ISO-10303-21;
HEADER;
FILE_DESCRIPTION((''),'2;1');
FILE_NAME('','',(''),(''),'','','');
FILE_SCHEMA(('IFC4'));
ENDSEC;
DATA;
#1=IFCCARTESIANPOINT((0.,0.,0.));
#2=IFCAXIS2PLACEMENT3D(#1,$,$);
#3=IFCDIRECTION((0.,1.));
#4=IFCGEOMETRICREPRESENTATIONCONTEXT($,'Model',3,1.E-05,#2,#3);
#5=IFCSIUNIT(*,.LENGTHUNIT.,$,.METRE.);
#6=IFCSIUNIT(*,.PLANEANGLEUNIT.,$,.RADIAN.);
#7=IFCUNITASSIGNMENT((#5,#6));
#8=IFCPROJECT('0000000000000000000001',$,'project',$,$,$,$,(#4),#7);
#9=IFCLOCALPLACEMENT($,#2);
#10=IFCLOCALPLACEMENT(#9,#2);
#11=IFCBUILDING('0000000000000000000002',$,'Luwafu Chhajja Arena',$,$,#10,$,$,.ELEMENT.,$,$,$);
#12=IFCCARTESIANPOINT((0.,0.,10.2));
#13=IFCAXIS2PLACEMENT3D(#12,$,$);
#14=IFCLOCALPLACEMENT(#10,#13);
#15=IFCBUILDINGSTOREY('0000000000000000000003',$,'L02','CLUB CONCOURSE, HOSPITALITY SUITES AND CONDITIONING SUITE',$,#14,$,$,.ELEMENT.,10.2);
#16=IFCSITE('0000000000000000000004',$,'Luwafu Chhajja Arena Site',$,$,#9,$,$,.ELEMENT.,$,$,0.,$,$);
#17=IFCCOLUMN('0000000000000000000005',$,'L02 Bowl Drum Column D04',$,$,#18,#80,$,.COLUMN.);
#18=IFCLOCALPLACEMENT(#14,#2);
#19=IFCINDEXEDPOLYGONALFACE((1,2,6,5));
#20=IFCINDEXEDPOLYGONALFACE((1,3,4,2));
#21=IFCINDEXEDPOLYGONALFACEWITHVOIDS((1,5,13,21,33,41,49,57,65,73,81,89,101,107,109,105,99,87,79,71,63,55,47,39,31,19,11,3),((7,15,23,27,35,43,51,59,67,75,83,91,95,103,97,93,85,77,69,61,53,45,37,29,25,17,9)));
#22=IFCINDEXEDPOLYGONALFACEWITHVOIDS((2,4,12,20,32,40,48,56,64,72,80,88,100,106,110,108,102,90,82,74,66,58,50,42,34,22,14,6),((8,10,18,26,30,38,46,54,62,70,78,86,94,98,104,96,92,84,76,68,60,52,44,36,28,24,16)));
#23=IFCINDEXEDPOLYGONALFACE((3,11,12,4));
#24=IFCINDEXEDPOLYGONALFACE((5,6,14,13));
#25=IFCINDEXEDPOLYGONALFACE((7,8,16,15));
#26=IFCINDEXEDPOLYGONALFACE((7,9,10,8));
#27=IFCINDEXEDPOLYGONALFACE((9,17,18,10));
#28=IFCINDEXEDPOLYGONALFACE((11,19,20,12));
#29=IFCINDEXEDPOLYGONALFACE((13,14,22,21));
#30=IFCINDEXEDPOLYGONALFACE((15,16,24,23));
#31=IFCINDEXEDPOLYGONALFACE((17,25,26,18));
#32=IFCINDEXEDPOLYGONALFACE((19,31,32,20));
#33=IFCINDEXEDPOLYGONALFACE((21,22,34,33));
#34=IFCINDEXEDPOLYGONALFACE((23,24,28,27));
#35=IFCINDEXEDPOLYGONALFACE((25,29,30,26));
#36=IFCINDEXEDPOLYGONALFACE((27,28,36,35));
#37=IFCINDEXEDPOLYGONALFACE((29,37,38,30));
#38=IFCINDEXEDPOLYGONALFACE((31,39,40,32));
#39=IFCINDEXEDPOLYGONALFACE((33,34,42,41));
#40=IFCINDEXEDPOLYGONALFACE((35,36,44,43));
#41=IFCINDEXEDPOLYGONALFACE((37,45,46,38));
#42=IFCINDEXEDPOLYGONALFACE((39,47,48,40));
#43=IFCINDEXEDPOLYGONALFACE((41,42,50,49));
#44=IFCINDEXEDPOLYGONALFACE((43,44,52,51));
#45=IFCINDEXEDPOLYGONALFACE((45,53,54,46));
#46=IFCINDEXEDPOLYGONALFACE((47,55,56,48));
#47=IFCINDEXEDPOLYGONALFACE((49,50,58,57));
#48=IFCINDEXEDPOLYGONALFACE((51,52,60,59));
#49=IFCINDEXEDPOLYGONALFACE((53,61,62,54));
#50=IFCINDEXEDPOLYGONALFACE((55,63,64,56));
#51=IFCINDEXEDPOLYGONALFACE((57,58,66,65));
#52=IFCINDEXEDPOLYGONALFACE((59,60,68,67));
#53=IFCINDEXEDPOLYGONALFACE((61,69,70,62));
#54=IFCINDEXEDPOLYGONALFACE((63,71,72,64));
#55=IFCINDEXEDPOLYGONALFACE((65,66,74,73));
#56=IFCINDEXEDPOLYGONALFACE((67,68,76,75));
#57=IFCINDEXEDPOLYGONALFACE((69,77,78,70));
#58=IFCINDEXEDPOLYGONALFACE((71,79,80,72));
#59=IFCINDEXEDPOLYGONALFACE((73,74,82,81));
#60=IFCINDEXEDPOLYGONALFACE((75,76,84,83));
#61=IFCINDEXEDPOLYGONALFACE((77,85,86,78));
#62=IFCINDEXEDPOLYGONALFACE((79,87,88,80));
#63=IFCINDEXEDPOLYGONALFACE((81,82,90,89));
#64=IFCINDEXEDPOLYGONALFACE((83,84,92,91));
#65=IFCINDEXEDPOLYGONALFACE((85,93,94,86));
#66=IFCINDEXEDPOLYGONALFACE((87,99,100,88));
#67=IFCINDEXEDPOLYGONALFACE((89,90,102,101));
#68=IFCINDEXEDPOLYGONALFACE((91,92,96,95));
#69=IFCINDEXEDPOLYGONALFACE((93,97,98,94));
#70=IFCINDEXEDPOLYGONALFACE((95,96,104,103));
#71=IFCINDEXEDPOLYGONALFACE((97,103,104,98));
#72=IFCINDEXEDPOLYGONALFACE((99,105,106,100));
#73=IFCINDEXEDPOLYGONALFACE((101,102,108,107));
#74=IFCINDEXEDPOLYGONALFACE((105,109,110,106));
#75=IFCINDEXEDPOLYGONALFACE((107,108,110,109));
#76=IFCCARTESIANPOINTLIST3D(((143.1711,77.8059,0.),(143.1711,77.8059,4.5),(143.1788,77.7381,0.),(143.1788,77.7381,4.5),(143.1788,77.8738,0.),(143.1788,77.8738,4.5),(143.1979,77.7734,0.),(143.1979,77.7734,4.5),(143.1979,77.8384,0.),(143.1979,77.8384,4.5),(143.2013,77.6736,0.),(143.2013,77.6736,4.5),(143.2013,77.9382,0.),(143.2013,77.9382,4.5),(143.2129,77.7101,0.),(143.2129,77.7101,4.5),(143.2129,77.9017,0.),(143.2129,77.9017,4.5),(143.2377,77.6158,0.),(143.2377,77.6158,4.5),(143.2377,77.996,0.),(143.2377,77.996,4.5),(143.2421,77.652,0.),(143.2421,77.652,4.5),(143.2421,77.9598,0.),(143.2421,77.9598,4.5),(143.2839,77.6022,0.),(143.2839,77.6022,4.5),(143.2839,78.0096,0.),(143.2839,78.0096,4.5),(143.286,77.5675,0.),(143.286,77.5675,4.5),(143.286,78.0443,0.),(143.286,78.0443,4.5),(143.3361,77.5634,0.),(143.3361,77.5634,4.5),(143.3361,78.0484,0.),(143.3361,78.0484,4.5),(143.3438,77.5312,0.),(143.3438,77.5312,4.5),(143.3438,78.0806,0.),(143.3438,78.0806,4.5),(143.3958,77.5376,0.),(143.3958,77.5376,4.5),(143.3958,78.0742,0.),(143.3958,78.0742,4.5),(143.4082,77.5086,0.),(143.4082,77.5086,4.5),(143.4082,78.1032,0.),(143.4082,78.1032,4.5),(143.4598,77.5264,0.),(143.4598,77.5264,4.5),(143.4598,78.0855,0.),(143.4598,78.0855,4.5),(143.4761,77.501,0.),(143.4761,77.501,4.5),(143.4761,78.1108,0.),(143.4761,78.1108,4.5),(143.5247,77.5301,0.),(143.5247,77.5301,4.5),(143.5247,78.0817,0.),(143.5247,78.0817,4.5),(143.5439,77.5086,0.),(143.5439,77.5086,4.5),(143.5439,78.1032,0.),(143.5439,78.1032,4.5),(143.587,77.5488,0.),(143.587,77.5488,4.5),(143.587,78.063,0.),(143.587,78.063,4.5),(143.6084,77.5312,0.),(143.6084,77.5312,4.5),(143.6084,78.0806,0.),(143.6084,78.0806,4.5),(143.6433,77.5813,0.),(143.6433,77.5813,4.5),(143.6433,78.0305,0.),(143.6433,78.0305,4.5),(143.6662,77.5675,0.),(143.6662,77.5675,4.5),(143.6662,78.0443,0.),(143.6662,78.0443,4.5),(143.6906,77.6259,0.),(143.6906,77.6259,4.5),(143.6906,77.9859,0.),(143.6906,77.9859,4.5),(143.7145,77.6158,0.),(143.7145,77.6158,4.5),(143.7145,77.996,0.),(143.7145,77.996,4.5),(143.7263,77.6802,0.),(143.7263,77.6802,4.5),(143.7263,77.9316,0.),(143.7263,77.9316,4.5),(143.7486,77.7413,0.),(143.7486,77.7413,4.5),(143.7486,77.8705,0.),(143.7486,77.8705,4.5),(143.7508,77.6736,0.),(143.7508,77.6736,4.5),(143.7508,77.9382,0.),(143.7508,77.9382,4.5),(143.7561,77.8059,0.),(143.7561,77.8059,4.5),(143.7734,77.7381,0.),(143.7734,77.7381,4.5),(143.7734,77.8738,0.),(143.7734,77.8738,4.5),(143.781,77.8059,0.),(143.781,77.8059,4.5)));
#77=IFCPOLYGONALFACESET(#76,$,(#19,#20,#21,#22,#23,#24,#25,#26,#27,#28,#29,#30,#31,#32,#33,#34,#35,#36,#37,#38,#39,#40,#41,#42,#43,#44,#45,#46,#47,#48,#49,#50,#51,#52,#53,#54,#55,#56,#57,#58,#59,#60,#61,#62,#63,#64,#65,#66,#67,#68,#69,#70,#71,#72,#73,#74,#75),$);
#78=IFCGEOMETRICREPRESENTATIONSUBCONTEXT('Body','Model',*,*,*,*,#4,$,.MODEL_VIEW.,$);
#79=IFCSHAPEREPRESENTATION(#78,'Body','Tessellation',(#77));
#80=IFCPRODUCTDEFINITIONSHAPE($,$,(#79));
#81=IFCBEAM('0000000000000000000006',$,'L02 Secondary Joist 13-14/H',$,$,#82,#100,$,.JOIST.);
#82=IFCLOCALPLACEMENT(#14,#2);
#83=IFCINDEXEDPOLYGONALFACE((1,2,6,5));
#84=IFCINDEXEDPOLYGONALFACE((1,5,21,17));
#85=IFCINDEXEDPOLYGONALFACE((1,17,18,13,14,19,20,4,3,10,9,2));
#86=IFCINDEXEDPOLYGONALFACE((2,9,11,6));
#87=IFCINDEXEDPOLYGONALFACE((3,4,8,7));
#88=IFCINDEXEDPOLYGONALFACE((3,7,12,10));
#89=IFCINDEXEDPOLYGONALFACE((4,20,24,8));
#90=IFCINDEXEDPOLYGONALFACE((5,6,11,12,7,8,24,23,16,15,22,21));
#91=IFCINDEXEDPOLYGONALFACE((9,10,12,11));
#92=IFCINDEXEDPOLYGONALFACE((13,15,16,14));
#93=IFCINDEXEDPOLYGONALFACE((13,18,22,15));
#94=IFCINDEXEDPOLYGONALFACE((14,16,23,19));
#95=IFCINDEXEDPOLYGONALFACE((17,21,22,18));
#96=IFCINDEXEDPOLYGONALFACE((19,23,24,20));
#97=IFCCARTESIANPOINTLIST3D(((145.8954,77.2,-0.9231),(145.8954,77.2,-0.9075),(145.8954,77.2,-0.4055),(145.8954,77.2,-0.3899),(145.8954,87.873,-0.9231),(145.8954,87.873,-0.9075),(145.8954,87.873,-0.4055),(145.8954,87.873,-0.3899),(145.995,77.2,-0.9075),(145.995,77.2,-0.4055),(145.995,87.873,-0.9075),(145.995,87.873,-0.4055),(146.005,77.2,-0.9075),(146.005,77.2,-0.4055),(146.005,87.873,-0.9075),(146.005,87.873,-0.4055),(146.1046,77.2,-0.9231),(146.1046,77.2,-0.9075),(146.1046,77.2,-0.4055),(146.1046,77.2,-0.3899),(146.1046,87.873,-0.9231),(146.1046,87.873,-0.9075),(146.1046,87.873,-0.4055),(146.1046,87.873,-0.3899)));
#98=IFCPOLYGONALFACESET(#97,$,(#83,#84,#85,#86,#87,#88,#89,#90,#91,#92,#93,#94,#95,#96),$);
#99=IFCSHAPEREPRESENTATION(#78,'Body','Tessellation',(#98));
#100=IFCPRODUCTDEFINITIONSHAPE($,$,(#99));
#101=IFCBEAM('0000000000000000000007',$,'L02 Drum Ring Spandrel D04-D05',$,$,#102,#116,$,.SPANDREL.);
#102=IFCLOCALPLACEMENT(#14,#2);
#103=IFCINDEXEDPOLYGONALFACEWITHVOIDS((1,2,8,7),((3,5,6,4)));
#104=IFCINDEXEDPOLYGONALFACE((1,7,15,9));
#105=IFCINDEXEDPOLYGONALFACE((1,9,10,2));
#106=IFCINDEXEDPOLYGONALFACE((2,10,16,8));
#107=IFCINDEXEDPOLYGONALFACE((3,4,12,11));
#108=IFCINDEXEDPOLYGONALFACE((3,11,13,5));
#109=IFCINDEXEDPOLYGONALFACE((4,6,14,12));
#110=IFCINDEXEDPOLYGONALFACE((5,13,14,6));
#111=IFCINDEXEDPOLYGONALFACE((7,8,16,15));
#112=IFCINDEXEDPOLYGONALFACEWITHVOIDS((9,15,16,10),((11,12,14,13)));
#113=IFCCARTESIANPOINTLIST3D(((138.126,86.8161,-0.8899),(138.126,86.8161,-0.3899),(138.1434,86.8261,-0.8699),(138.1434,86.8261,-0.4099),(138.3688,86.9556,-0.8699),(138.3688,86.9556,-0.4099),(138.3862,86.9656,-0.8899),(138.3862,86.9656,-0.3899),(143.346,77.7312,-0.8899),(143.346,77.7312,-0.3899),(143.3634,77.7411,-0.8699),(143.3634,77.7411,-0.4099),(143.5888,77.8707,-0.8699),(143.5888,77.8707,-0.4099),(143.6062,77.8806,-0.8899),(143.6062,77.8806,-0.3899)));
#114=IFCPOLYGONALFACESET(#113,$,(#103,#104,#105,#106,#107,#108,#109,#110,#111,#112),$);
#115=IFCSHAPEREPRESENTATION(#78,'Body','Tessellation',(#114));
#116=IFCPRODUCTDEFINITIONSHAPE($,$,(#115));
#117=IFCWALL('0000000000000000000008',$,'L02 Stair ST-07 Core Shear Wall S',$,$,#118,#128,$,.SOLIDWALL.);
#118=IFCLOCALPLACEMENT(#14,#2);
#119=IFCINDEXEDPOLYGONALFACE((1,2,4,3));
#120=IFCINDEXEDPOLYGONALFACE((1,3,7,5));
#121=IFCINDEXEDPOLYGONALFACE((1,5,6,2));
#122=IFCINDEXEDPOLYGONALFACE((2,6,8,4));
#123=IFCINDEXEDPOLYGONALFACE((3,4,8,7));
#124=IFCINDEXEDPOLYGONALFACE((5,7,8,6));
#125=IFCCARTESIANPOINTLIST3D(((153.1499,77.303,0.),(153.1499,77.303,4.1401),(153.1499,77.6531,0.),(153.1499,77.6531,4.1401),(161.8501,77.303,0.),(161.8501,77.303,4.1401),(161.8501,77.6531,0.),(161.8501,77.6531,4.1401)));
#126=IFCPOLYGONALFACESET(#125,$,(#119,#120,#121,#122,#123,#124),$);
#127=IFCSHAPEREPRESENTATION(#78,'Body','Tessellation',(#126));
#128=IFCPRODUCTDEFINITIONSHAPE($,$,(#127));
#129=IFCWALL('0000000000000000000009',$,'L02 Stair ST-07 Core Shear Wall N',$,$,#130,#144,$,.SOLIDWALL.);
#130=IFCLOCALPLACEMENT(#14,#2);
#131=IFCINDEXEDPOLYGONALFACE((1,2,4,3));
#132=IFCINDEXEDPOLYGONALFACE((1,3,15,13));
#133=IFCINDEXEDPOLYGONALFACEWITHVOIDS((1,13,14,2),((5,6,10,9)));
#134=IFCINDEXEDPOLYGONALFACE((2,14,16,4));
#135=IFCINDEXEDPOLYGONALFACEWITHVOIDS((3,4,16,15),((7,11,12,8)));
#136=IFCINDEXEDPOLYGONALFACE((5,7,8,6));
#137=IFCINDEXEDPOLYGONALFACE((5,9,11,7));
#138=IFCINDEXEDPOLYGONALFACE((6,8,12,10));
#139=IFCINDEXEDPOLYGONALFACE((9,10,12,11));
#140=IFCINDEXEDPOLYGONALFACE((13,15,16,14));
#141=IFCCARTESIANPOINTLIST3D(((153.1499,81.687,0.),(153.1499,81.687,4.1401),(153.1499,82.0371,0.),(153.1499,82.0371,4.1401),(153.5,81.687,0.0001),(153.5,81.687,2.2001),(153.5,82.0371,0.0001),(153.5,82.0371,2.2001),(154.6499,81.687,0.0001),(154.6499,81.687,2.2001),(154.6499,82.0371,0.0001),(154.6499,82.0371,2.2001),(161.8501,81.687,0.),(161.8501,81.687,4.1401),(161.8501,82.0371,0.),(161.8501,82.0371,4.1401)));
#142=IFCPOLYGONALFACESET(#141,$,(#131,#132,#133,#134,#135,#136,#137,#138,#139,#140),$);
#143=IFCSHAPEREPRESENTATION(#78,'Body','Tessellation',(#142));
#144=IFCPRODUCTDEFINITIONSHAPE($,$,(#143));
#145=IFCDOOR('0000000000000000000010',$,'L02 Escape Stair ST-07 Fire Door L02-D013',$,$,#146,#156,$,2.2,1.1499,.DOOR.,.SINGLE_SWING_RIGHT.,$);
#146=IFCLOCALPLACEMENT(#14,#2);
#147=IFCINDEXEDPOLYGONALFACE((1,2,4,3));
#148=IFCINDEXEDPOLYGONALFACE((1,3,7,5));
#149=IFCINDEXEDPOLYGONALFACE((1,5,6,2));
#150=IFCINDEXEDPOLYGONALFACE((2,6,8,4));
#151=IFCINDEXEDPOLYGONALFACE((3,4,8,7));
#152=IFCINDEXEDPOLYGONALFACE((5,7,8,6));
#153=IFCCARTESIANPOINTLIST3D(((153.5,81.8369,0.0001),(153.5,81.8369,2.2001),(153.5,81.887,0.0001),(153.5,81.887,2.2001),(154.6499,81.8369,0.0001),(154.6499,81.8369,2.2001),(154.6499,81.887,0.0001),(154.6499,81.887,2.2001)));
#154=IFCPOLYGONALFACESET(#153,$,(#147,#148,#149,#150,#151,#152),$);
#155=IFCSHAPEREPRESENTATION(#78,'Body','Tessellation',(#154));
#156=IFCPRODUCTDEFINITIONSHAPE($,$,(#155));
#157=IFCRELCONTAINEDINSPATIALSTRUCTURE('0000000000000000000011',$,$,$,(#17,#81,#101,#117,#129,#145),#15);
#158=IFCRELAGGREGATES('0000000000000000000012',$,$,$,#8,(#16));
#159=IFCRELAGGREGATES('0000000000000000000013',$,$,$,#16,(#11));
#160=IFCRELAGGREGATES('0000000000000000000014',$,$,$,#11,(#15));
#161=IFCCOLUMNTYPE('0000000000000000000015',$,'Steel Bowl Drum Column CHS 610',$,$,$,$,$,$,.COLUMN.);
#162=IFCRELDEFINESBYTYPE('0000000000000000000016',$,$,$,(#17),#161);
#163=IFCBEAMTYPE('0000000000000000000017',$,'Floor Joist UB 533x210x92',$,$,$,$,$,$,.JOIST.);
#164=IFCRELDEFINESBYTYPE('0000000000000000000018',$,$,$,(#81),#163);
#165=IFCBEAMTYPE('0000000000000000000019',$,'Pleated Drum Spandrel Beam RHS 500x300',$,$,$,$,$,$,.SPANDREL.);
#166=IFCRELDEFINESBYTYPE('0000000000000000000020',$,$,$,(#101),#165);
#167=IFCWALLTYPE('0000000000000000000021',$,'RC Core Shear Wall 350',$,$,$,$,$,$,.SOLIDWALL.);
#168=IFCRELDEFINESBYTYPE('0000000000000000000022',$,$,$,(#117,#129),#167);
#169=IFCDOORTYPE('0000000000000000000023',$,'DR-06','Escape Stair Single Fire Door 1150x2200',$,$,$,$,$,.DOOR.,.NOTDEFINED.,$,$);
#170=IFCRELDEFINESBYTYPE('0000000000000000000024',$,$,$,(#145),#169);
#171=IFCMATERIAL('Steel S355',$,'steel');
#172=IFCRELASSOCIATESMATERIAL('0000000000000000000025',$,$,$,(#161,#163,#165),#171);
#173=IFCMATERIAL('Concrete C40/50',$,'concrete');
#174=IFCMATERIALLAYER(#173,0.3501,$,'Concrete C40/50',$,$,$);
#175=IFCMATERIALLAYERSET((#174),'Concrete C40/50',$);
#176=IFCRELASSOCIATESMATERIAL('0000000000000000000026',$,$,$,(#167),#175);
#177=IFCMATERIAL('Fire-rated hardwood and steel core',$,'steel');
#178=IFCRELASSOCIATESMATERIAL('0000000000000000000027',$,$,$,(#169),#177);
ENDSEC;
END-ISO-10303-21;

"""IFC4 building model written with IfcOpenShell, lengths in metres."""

from ifc_helpers import new_model, si_unit, direction, frame, frame_2d, origin, origin_2d, place, context, subcontext, project, spatial, rectangle, hollow_rectangle, hollow_circle, i_section, extrude, material, layer, layer_set, material_profile, profile_set, type_object, element, fill, save


model = new_model("IFC4")

# Units and contexts
model_context = context("Model", 3, precision=1e-05, world=origin(), true_north=direction((0.0, 1.0)))
body_context = subcontext(model_context, "Body", "Model", "MODEL_VIEW")
ifc_project = project(units=[si_unit("LENGTHUNIT", "METRE"), si_unit("PLANEANGLEUNIT", "RADIAN")], contexts=[model_context])

# Site, building, storey
site_placement = place(None, origin())
site = spatial("IfcSite", under=ifc_project, at=site_placement, Name="Luwafu Chhajja Arena Site", CompositionType="ELEMENT", RefElevation=0.0)
building_placement = place(site_placement, origin())
building = spatial("IfcBuilding", under=site, at=building_placement, Name="Luwafu Chhajja Arena", CompositionType="ELEMENT")
storey_placement = place(building_placement, frame((0.0, 0.0, 10.2)))
storey = spatial("IfcBuildingStorey", under=building, at=storey_placement, Name="L02", Description="CLUB CONCOURSE, HOSPITALITY SUITES AND CONDITIONING SUITE", CompositionType="ELEMENT", Elevation=10.2)

# Column
ifc_material_1 = material(Name="Steel S355", Category="steel")
ifc_material_profile_1 = material_profile(ifc_material_1, hollow_circle(Radius=0.3049, WallThickness=0.0249, at=origin_2d()), Name="CHS 610x25")
ifc_profile_set_1 = profile_set([ifc_material_profile_1], Name="Steel S355")
column_type = type_object("IfcColumnType", Name="Steel Bowl Drum Column CHS 610", PredefinedType="COLUMN", material=ifc_profile_set_1)
column_placement = place(storey_placement, frame((143.4761, 77.8059, 0.0), z_axis=(0.0, 0.0, 1.0), x_axis=(1.0, 0.0, 0.0)))
element("IfcColumn", 1, at=column_placement, inside=storey, type_object=column_type, Name="L02 Bowl Drum Column D04", PredefinedType="COLUMN", context=body_context, shape_type="SweptSolid", body=[
    extrude(hollow_circle(Radius=0.3049, WallThickness=0.0249, at=origin_2d()), origin(), (0.0, 0.0, 1.0), 4.5),
])

# Beams
ifc_material_profile_2 = material_profile(ifc_material_1, i_section(OverallWidth=0.2092, OverallDepth=0.5332, WebThickness=0.01, FlangeThickness=0.0156, at=origin_2d()), Name="UB 533x210x92")
ifc_profile_set_2 = profile_set([ifc_material_profile_2], Name="Steel S355")
beam_type_1 = type_object("IfcBeamType", Name="Floor Joist UB 533x210x92", PredefinedType="JOIST", material=ifc_profile_set_2)
beam_1_placement = place(storey_placement, frame((146.0, 77.2, -0.6565), z_axis=(0.0, 1.0, 0.0), x_axis=(-1.0, 0.0, 0.0)))
element("IfcBeam", 2, at=beam_1_placement, inside=storey, type_object=beam_type_1, Name="L02 Secondary Joist 13-14/H", PredefinedType="JOIST", context=body_context, shape_type="SweptSolid", body=[
    extrude(i_section(OverallWidth=0.2092, OverallDepth=0.5332, WebThickness=0.01, FlangeThickness=0.0156, at=origin_2d()), origin(), (0.0, 0.0, 1.0), 10.6731),
])
ifc_material_profile_3 = material_profile(ifc_material_1, hollow_rectangle(XDim=0.3, YDim=0.5, WallThickness=0.02, at=origin_2d()), Name="RHS 500x300x20")
ifc_profile_set_3 = profile_set([ifc_material_profile_3], Name="Steel S355")
beam_type_2 = type_object("IfcBeamType", Name="Pleated Drum Spandrel Beam RHS 500x300", PredefinedType="SPANDREL", material=ifc_profile_set_3)
beam_2_placement = place(storey_placement, frame((143.4761, 77.8059, -0.6399), z_axis=(-0.498193, 0.867066, 0.0), x_axis=(-0.867066, -0.498193, 0.0)))
element("IfcBeam", 3, at=beam_2_placement, inside=storey, type_object=beam_type_2, Name="L02 Drum Ring Spandrel D04-D05", PredefinedType="SPANDREL", context=body_context, shape_type="SweptSolid", body=[
    extrude(hollow_rectangle(XDim=0.3, YDim=0.5, WallThickness=0.02, at=origin_2d()), origin(), (0.0, 0.0, 1.0), 10.4778),
])

# Wall
ifc_material_2 = material(Name="Concrete C40/50", Category="concrete")
ifc_layer_1 = layer(ifc_material_2, 0.3501, Name="Concrete C40/50")
ifc_layer_set_1 = layer_set([ifc_layer_1], Name="Concrete C40/50")
wall_type_1 = type_object("IfcWallType", Name="RC Core Shear Wall 350", PredefinedType="SOLIDWALL", material=ifc_layer_set_1)
wall_1_placement = place(storey_placement, frame((153.1499, 77.478, 0.0), z_axis=(0.0, 0.0, 1.0), x_axis=(1.0, 0.0, 0.0)))
element("IfcWall", 4, at=wall_1_placement, inside=storey, type_object=wall_type_1, Name="L02 Stair ST-07 Core Shear Wall S", PredefinedType="SOLIDWALL", context=body_context, shape_type="SweptSolid", body=[
    extrude(rectangle(XDim=8.7002, YDim=0.3501, at=frame_2d((4.3501, 0.0))), origin(), (0.0, 0.0, 1.0), 4.1401),
])

# Wall, opening, door
wall_2_placement = place(storey_placement, frame((153.1499, 81.8621, 0.0), z_axis=(0.0, 0.0, 1.0), x_axis=(1.0, 0.0, 0.0)))
wall_2 = element("IfcWall", 5, at=wall_2_placement, inside=storey, type_object=wall_type_1, Name="L02 Stair ST-07 Core Shear Wall N", PredefinedType="SOLIDWALL", context=body_context, shape_type="SweptSolid", body=[
    extrude(rectangle(XDim=8.7002, YDim=0.3501, at=frame_2d((4.3501, 0.0))), origin(), (0.0, 0.0, 1.0), 4.1401),
])
opening_1_placement = place(wall_2_placement, frame((0.3501, 0.0, 0.0)))
opening_1 = element("IfcOpeningElement", 6, at=opening_1_placement, cuts=wall_2, PredefinedType="OPENING", context=body_context, shape_type="SweptSolid", body=[
    extrude(rectangle(XDim=1.1499, YDim=2.2, at=frame_2d((0.575, 1.1001))), frame((0.0, 0.1851, 0.0), z_axis=(0.0, -1.0, 0.0), x_axis=(1.0, 0.0, 0.0)), (0.0, 0.0, 1.0), 0.3701),
])
ifc_material_3 = material(Name="Fire-rated hardwood and steel core", Category="steel")
door_type = type_object("IfcDoorType", Name="DR-06", Description="Escape Stair Single Fire Door 1150x2200", OperationType="NOTDEFINED", PredefinedType="DOOR", material=ifc_material_3)
door_1_placement = place(opening_1_placement, origin())
door_1 = element("IfcDoor", 7, at=door_1_placement, inside=storey, type_object=door_type, Name="L02 Escape Stair ST-07 Fire Door L02-D013", OperationType="SINGLE_SWING_RIGHT", OverallHeight=2.2, OverallWidth=1.1499, PredefinedType="DOOR", context=body_context, shape_type="SweptSolid", body=[
    extrude(rectangle(XDim=1.1499, YDim=2.2, at=frame_2d((0.575, 1.1001))), frame((0.0, 0.0249, 0.0), z_axis=(0.0, -1.0, 0.0), x_axis=(1.0, 0.0, 0.0)), (0.0, 0.0, 1.0), 0.05),
])
fill(opening_1, door_1)

save(model, "model.ifc")
